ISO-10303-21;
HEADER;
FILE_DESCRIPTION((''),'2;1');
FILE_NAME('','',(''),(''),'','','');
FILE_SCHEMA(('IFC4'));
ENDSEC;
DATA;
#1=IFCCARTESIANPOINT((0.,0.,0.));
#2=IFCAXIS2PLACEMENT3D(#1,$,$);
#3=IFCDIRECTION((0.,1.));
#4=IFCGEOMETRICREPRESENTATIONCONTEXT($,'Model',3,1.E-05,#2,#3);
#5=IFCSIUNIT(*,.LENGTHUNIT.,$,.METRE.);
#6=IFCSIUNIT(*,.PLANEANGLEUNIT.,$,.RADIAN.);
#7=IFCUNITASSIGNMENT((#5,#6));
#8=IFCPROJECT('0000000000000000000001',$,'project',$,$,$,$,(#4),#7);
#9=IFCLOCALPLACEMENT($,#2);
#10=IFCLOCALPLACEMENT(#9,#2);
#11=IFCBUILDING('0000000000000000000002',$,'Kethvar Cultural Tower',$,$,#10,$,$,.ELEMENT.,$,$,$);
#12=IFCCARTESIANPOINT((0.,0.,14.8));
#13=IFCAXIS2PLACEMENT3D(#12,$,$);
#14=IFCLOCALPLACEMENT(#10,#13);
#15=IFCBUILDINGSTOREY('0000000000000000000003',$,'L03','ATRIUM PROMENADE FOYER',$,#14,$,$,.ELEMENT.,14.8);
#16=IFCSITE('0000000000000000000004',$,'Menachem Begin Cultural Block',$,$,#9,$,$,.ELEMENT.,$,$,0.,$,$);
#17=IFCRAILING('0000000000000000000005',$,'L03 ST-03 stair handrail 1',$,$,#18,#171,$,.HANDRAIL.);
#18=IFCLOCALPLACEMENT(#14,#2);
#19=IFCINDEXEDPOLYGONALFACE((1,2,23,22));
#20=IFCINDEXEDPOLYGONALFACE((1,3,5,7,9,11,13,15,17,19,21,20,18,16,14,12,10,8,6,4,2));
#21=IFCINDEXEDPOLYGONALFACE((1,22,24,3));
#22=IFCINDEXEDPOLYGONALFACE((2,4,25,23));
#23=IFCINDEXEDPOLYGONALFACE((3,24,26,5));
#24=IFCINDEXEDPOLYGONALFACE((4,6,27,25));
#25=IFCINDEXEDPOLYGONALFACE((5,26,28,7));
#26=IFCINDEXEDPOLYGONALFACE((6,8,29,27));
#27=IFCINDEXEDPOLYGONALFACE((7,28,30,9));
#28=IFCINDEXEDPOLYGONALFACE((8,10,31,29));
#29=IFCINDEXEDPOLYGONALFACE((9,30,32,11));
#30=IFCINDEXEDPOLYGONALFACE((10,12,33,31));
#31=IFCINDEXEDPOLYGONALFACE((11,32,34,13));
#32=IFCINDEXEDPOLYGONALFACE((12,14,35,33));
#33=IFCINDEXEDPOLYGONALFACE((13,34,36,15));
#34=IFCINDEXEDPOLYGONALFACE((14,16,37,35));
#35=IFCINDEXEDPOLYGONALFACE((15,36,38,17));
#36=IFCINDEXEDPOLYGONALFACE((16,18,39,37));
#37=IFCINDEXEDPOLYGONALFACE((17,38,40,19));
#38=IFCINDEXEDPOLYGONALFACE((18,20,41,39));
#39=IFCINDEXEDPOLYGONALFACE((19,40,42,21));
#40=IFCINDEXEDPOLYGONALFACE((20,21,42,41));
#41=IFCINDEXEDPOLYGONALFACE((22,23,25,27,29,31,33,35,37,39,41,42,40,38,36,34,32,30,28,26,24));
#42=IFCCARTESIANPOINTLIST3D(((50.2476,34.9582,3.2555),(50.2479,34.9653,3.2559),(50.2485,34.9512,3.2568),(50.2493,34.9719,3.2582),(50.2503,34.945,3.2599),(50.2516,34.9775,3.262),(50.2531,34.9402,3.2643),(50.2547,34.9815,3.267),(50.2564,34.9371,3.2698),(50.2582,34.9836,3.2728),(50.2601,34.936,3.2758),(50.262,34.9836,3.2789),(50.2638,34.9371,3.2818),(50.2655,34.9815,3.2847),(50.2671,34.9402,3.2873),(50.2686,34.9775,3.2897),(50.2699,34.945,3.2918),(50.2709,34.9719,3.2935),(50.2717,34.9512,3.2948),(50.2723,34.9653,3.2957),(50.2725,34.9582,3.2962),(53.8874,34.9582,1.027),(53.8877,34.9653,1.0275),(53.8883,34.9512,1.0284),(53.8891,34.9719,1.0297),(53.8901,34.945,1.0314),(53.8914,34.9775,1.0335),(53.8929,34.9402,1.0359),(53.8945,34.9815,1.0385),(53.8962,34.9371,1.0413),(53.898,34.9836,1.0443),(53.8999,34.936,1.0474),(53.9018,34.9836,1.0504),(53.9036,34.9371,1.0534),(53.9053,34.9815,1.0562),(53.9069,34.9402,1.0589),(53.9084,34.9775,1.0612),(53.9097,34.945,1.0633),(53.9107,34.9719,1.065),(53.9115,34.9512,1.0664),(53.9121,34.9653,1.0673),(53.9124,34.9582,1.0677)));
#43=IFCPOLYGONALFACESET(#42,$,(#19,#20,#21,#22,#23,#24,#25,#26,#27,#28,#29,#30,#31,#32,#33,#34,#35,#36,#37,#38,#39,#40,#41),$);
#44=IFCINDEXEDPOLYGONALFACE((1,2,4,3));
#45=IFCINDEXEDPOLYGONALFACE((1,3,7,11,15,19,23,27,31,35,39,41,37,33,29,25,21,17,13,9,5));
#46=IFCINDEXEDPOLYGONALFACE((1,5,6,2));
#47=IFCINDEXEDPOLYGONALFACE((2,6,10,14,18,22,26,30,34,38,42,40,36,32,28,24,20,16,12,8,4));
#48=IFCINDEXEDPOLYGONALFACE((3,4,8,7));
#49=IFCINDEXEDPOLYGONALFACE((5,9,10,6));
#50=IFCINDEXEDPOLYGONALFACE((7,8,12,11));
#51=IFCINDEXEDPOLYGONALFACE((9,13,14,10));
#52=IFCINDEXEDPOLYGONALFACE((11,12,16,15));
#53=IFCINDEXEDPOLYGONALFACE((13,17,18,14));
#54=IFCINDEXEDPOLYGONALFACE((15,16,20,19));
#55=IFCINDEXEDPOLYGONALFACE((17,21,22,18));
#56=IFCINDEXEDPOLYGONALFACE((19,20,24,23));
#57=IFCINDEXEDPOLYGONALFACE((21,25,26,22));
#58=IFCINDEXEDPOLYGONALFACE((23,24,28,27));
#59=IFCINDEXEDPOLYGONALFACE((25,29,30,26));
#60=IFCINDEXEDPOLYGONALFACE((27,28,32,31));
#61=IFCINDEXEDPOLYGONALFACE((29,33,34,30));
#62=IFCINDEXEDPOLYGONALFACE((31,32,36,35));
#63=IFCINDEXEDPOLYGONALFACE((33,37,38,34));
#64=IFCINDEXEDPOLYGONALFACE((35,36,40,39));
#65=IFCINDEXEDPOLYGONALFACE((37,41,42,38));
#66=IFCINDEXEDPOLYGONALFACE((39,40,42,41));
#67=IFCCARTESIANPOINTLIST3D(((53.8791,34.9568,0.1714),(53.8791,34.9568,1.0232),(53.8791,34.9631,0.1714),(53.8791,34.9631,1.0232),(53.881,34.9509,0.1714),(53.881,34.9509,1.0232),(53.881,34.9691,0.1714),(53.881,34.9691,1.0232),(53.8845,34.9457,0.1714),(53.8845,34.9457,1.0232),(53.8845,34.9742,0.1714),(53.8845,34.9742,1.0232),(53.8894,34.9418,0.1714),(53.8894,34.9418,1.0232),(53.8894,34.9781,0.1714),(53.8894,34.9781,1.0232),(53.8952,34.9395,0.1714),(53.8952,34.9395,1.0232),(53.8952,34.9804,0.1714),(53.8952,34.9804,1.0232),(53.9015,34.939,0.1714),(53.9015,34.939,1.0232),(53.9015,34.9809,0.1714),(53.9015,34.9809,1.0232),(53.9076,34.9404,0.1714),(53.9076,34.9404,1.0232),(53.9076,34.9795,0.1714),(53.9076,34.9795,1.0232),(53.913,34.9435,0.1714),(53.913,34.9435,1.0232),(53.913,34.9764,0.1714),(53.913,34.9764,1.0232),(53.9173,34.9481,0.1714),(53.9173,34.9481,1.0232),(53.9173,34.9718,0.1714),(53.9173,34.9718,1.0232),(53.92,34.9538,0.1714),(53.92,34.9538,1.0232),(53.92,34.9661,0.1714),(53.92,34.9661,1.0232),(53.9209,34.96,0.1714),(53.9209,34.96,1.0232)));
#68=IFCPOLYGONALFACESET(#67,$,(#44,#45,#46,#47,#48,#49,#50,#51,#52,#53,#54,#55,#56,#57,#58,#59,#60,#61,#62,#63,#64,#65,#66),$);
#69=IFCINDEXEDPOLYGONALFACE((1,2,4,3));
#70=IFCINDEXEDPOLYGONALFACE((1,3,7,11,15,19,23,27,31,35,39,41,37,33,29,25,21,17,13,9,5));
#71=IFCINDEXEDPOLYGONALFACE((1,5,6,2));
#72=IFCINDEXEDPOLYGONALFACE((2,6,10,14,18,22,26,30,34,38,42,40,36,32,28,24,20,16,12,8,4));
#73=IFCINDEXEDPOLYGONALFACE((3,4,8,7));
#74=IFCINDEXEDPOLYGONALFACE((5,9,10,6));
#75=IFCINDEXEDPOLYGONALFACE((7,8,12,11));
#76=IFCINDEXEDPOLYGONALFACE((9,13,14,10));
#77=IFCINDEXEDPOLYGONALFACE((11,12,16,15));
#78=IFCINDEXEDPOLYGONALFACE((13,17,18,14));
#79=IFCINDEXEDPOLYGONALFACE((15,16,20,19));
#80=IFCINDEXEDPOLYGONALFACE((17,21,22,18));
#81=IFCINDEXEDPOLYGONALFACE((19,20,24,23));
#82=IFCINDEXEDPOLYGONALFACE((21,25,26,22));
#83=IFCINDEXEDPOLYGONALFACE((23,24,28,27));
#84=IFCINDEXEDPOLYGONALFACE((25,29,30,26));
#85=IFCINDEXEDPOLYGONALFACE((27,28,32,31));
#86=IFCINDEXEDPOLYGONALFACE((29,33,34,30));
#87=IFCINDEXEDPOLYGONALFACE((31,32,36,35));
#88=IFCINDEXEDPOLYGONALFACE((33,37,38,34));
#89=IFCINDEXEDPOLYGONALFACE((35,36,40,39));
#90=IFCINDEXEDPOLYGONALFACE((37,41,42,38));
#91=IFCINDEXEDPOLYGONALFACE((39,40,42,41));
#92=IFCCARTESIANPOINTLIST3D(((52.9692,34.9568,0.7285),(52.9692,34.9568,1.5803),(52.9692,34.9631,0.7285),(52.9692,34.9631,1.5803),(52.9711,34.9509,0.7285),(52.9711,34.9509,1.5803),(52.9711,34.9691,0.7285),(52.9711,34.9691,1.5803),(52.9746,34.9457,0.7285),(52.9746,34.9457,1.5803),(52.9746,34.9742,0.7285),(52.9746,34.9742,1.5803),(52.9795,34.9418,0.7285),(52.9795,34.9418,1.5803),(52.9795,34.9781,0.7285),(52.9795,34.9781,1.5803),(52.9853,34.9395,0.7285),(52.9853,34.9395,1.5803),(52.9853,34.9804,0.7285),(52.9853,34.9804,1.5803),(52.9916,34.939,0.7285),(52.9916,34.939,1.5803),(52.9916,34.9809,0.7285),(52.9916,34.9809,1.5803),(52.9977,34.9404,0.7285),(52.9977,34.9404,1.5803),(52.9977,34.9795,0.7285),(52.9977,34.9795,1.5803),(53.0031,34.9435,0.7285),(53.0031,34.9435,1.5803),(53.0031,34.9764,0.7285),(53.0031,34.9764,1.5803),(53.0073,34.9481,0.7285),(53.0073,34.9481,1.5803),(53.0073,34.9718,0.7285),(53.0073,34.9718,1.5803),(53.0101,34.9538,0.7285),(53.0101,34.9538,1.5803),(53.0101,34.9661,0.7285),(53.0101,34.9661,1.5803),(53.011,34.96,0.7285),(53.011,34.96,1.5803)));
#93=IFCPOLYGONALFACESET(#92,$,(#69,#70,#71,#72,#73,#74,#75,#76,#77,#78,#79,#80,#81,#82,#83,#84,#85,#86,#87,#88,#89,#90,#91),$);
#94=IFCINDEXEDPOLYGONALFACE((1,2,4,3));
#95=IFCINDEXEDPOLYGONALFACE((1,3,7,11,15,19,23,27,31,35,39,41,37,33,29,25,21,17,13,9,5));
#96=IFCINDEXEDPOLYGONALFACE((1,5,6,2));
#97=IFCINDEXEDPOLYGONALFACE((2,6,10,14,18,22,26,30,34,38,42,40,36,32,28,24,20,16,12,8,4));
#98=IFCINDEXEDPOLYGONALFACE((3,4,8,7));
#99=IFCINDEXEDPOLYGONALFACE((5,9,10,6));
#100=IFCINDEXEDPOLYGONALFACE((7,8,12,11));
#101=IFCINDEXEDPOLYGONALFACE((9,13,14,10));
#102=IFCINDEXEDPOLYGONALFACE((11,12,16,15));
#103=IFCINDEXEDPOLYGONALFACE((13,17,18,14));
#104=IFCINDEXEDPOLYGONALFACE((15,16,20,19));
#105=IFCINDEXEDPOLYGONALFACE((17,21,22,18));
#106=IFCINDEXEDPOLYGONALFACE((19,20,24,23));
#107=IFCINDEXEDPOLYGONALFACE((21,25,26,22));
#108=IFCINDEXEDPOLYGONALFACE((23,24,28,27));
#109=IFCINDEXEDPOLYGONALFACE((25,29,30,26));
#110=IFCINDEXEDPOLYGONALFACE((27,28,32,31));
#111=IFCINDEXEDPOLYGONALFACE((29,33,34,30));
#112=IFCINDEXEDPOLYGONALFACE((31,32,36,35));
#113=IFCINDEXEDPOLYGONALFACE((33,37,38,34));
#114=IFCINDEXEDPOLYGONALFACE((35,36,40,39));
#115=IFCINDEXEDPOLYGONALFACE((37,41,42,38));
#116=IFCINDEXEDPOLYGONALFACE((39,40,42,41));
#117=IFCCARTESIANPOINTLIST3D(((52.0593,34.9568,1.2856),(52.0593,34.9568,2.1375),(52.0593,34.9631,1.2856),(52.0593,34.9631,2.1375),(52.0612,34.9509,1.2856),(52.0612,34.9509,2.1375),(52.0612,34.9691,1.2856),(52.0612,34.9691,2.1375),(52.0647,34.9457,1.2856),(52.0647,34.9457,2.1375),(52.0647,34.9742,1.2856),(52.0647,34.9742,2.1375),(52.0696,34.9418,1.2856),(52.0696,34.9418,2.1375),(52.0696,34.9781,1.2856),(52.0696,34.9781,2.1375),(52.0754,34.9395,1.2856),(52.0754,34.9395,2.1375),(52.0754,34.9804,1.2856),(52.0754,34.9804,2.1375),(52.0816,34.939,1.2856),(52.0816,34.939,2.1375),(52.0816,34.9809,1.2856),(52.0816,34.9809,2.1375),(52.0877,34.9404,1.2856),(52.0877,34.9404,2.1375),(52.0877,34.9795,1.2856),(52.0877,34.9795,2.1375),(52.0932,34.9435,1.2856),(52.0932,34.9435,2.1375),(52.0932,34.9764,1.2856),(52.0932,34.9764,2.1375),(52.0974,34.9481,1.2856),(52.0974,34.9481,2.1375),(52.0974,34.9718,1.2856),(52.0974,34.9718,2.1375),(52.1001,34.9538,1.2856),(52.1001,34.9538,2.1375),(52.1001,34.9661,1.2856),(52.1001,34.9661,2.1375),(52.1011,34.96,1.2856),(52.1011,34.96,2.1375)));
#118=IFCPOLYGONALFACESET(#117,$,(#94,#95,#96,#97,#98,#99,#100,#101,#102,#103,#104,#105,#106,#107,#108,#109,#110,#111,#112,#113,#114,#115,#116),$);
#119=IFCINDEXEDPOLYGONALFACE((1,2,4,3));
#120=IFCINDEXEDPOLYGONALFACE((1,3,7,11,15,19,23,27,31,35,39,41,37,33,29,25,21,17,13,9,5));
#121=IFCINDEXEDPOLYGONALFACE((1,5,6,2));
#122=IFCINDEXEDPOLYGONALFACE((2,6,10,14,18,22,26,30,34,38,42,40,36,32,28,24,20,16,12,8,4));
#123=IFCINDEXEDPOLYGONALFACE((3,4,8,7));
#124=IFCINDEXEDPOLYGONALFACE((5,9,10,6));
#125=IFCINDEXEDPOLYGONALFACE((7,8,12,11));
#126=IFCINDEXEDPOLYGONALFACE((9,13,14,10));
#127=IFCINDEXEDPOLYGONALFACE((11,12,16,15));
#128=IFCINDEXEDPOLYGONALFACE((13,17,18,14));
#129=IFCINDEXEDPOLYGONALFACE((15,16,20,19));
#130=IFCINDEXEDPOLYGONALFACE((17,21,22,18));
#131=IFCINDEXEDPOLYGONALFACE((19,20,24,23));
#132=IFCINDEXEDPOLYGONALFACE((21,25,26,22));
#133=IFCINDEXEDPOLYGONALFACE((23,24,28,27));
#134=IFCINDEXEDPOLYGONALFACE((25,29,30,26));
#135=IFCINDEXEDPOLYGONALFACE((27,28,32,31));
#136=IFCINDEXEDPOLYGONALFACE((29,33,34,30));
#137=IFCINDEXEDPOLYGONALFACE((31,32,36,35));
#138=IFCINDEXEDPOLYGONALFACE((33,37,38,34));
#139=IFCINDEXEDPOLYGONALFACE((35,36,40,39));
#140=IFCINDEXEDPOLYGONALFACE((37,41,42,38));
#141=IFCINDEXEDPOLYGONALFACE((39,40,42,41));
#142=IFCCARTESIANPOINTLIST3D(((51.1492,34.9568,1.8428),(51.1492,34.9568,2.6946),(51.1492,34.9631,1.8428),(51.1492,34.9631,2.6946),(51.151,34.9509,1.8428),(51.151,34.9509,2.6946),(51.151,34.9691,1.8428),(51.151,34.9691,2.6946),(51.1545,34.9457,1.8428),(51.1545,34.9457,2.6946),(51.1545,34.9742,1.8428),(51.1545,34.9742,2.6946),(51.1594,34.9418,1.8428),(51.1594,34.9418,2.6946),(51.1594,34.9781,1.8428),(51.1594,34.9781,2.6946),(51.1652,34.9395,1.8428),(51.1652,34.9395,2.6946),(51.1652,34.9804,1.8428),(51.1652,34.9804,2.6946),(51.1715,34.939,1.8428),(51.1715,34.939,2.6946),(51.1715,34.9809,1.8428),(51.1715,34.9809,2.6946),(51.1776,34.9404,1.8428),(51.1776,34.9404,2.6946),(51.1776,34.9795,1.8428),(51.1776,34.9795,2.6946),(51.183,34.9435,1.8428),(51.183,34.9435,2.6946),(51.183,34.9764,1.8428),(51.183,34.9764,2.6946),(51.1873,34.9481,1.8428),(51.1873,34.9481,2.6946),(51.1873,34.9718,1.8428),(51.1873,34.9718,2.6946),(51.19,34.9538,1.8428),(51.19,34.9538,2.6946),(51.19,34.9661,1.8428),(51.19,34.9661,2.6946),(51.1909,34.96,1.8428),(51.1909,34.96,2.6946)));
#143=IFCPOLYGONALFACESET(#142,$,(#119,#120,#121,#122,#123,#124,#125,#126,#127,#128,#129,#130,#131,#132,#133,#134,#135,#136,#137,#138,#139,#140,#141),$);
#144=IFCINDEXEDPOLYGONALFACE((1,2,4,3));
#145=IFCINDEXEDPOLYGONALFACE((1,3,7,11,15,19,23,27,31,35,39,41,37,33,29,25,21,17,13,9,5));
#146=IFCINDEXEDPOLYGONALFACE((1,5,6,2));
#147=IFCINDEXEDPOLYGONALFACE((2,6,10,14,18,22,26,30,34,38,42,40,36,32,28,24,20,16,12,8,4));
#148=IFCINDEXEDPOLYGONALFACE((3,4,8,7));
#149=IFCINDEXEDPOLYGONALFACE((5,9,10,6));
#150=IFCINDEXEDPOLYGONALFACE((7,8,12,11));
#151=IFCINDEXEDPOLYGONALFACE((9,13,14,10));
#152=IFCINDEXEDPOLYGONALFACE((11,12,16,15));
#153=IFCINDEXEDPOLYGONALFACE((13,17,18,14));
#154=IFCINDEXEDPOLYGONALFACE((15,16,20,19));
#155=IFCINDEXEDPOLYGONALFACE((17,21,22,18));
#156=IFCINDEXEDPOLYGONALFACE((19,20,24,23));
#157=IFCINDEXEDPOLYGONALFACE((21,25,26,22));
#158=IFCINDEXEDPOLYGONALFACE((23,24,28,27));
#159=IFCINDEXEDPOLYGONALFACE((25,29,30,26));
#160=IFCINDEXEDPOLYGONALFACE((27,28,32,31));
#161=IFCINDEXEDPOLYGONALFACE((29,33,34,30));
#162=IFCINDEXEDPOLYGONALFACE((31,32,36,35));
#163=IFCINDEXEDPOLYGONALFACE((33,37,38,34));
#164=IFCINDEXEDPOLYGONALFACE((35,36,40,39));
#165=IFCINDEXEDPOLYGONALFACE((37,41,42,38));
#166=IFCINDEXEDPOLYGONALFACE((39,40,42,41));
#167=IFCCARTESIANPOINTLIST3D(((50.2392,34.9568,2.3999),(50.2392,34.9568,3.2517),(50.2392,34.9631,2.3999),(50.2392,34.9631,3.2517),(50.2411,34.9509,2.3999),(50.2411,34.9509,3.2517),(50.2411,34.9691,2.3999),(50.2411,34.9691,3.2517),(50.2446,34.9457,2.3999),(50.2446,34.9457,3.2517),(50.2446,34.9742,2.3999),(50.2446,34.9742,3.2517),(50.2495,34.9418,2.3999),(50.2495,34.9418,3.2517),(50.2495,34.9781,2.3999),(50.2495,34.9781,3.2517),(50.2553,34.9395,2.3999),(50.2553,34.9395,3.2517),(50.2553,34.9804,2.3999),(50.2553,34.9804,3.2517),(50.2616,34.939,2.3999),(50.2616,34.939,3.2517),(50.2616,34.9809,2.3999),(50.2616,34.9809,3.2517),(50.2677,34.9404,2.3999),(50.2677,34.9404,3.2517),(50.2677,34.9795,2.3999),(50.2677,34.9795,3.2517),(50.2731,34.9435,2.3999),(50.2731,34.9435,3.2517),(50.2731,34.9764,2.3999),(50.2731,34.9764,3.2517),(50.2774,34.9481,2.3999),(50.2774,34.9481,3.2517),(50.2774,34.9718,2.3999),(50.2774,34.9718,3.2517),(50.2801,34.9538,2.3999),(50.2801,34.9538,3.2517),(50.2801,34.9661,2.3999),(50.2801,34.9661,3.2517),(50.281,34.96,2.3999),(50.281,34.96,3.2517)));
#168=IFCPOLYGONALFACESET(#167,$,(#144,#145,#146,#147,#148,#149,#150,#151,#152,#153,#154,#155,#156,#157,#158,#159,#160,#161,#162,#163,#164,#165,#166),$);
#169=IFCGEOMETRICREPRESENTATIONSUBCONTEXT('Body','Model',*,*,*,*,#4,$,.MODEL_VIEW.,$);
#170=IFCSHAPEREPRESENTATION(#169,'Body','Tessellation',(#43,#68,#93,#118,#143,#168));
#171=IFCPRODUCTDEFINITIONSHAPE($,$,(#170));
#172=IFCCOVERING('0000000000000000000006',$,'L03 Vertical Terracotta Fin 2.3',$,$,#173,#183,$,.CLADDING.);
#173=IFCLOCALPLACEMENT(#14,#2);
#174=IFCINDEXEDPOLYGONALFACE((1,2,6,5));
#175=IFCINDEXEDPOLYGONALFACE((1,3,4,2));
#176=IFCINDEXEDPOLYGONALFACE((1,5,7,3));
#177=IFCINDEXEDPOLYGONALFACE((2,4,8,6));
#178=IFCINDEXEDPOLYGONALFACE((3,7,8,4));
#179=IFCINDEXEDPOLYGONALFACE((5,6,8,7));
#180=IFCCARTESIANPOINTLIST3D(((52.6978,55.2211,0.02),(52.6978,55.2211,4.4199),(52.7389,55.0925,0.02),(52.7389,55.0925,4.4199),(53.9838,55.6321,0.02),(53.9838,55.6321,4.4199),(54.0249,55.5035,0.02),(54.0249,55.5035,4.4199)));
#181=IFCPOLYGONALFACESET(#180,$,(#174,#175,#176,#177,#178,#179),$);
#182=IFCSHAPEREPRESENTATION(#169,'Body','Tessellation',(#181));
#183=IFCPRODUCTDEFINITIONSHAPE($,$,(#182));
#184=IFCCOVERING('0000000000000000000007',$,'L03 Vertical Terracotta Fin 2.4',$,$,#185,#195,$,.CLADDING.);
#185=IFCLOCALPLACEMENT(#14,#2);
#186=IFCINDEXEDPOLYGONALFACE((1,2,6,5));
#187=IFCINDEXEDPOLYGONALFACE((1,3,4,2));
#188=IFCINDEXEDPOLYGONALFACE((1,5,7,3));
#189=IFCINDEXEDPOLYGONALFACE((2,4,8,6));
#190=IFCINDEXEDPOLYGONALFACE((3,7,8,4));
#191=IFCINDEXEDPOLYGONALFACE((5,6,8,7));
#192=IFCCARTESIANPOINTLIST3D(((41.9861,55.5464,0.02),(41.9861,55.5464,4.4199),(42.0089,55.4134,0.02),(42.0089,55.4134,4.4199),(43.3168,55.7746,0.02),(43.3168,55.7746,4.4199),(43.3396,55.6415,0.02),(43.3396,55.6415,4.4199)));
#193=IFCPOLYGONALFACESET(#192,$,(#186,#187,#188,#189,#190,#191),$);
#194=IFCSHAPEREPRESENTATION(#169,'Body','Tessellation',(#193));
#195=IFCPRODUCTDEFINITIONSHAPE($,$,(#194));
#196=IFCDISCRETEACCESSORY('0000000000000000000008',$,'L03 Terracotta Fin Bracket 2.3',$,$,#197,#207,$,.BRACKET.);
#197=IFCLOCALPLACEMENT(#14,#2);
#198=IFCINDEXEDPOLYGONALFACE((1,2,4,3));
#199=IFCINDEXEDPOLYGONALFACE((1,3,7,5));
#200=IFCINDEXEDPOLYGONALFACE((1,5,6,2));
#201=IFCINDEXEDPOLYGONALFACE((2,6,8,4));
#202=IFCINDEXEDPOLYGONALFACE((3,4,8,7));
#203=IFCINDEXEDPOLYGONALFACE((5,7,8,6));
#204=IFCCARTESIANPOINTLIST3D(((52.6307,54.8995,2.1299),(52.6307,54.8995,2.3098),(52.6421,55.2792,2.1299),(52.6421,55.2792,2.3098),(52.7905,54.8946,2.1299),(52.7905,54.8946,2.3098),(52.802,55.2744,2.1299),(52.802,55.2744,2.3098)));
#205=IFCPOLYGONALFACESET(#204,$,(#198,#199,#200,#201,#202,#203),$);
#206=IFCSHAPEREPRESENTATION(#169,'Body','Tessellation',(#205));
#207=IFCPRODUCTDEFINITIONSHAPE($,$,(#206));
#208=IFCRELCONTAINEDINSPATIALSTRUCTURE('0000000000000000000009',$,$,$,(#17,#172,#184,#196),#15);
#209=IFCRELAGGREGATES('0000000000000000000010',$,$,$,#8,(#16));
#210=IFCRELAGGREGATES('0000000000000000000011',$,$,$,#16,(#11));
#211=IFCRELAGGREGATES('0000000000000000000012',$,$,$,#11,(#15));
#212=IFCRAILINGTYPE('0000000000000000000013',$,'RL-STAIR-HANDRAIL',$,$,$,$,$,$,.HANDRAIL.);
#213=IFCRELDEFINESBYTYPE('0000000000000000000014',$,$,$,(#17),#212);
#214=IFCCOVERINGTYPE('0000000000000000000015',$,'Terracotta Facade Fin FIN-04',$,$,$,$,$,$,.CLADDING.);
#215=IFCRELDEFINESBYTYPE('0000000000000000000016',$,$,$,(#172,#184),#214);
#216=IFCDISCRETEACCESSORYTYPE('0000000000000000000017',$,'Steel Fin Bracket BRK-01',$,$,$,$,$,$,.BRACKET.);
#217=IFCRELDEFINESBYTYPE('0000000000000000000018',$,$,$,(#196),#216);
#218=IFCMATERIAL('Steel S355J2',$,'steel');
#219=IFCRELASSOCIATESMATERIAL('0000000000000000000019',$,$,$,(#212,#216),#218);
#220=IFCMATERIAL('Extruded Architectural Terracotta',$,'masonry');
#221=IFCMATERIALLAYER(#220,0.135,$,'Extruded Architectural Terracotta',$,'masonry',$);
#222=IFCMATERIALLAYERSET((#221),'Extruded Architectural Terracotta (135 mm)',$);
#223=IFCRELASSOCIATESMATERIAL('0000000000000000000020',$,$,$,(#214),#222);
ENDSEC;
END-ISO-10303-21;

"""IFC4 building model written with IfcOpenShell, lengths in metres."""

from ifc_helpers import new_model, si_unit, direction, frame, origin, origin_2d, place, context, subcontext, project, spatial, rectangle, circle, extrude, source, transform, mapped, material, layer, layer_set, type_object, element, save


model = new_model("IFC4")

# Units and contexts
model_context = context("Model", 3, precision=1e-05, world=origin(), true_north=direction((0.0, 1.0)))
body_context = subcontext(model_context, "Body", "Model", "MODEL_VIEW")
ifc_project = project(units=[si_unit("LENGTHUNIT", "METRE"), si_unit("PLANEANGLEUNIT", "RADIAN")], contexts=[model_context])

# Site, building, storey
site_placement = place(None, origin())
site = spatial("IfcSite", under=ifc_project, at=site_placement, Name="Menachem Begin Cultural Block", CompositionType="ELEMENT", RefElevation=0.0)
building_placement = place(site_placement, origin())
building = spatial("IfcBuilding", under=site, at=building_placement, Name="Kethvar Cultural Tower", CompositionType="ELEMENT")
storey_placement = place(building_placement, frame((0.0, 0.0, 14.8)))
storey = spatial("IfcBuildingStorey", under=building, at=storey_placement, Name="L03", Description="ATRIUM PROMENADE FOYER", CompositionType="ELEMENT", Elevation=14.8)

# Shared definitions
ifc_material_1 = material(Name="Steel S355J2", Category="steel")

# Railing
railing_type = type_object("IfcRailingType", Name="RL-STAIR-HANDRAIL", PredefinedType="HANDRAIL", material=ifc_material_1)
railing_placement = place(storey_placement, frame((53.8999, 34.96, 0.1714)))
element("IfcRailing", 1, at=railing_placement, inside=storey, type_object=railing_type, Name="L03 ST-03 stair handrail 1", PredefinedType="HANDRAIL", context=body_context, shape_type="SweptSolid", body=[
    extrude(circle(Radius=0.0239, at=origin_2d()), frame((0.0, 0.0, 0.876), z_axis=(-0.85285, 0.0, 0.522156), x_axis=(0.0, -1.0, 0.0)), (0.0, 0.0, 1.0), 4.2678),
    extrude(circle(Radius=0.021, at=origin_2d()), origin(), (0.0, 0.0, 1.0), 0.8518),
    extrude(circle(Radius=0.021, at=origin_2d()), frame((-0.9099, 0.0, 0.5571)), (0.0, 0.0, 1.0), 0.8518),
    extrude(circle(Radius=0.021, at=origin_2d()), frame((-1.8198, 0.0, 1.1143)), (0.0, 0.0, 1.0), 0.8518),
    extrude(circle(Radius=0.021, at=origin_2d()), frame((-2.73, 0.0, 1.6714)), (0.0, 0.0, 1.0), 0.8518),
    extrude(circle(Radius=0.021, at=origin_2d()), frame((-3.6399, 0.0, 2.2285)), (0.0, 0.0, 1.0), 0.8518),
])

# Coverings
ifc_material_2 = material(Name="Extruded Architectural Terracotta", Category="masonry")
ifc_layer_1 = layer(ifc_material_2, 0.135, Name="Extruded Architectural Terracotta", Category="masonry")
ifc_layer_set_1 = layer_set([ifc_layer_1], Name="Extruded Architectural Terracotta (135 mm)")
covering_type = type_object("IfcCoveringType", Name="Terracotta Facade Fin FIN-04", PredefinedType="CLADDING", material=ifc_layer_set_1)
shared_shape_1 = source(origin(), body_context, "Body", "SweptSolid", [
    extrude(rectangle(XDim=1.3501, YDim=0.135, at=origin_2d()), origin(), (0.0, 0.0, 1.0), 4.3999),
])
for number, where, z_axis, x_axis, name in (
    (2, (53.3613, 55.3623, 0.02), (0.0, 0.0, 1.0), (0.952555, 0.304366, 0.0), "L03 Vertical Terracotta Fin 2.3"),
    (3, (42.6628, 55.594, 0.02), (0.0, 0.0, 1.0), (0.985615, 0.169005, 0.0), "L03 Vertical Terracotta Fin 2.4"),
):
    element("IfcCovering", number, at=place(storey_placement, frame(where, z_axis=z_axis, x_axis=x_axis)), inside=storey, type_object=covering_type, Name=name, PredefinedType="CLADDING", context=body_context, shape_type="MappedRepresentation", body=[
        mapped(shared_shape_1, transform((0.0, 0.0, 0.0), scale=1.0)),
    ])

# Discrete accessory
discrete_accessory_type = type_object("IfcDiscreteAccessoryType", Name="Steel Fin Bracket BRK-01", PredefinedType="BRACKET", material=ifc_material_1)
shared_shape_2 = source(origin(), body_context, "Body", "SweptSolid", [
    extrude(rectangle(XDim=0.3799, YDim=0.1599, at=origin_2d()), origin(), (0.0, 0.0, 1.0), 0.1799),
])
for number, where, z_axis, x_axis, name in (
    (4, (52.7163, 55.0869, 2.1299), (0.0, 0.0, 1.0), (0.03019, 0.999544, 0.0), "L03 Terracotta Fin Bracket 2.3"),
):
    element("IfcDiscreteAccessory", number, at=place(storey_placement, frame(where, z_axis=z_axis, x_axis=x_axis)), inside=storey, type_object=discrete_accessory_type, Name=name, PredefinedType="BRACKET", context=body_context, shape_type="MappedRepresentation", body=[
        mapped(shared_shape_2, transform((0.0, 0.0, 0.0), scale=1.0)),
    ])

save(model, "model.ifc")
